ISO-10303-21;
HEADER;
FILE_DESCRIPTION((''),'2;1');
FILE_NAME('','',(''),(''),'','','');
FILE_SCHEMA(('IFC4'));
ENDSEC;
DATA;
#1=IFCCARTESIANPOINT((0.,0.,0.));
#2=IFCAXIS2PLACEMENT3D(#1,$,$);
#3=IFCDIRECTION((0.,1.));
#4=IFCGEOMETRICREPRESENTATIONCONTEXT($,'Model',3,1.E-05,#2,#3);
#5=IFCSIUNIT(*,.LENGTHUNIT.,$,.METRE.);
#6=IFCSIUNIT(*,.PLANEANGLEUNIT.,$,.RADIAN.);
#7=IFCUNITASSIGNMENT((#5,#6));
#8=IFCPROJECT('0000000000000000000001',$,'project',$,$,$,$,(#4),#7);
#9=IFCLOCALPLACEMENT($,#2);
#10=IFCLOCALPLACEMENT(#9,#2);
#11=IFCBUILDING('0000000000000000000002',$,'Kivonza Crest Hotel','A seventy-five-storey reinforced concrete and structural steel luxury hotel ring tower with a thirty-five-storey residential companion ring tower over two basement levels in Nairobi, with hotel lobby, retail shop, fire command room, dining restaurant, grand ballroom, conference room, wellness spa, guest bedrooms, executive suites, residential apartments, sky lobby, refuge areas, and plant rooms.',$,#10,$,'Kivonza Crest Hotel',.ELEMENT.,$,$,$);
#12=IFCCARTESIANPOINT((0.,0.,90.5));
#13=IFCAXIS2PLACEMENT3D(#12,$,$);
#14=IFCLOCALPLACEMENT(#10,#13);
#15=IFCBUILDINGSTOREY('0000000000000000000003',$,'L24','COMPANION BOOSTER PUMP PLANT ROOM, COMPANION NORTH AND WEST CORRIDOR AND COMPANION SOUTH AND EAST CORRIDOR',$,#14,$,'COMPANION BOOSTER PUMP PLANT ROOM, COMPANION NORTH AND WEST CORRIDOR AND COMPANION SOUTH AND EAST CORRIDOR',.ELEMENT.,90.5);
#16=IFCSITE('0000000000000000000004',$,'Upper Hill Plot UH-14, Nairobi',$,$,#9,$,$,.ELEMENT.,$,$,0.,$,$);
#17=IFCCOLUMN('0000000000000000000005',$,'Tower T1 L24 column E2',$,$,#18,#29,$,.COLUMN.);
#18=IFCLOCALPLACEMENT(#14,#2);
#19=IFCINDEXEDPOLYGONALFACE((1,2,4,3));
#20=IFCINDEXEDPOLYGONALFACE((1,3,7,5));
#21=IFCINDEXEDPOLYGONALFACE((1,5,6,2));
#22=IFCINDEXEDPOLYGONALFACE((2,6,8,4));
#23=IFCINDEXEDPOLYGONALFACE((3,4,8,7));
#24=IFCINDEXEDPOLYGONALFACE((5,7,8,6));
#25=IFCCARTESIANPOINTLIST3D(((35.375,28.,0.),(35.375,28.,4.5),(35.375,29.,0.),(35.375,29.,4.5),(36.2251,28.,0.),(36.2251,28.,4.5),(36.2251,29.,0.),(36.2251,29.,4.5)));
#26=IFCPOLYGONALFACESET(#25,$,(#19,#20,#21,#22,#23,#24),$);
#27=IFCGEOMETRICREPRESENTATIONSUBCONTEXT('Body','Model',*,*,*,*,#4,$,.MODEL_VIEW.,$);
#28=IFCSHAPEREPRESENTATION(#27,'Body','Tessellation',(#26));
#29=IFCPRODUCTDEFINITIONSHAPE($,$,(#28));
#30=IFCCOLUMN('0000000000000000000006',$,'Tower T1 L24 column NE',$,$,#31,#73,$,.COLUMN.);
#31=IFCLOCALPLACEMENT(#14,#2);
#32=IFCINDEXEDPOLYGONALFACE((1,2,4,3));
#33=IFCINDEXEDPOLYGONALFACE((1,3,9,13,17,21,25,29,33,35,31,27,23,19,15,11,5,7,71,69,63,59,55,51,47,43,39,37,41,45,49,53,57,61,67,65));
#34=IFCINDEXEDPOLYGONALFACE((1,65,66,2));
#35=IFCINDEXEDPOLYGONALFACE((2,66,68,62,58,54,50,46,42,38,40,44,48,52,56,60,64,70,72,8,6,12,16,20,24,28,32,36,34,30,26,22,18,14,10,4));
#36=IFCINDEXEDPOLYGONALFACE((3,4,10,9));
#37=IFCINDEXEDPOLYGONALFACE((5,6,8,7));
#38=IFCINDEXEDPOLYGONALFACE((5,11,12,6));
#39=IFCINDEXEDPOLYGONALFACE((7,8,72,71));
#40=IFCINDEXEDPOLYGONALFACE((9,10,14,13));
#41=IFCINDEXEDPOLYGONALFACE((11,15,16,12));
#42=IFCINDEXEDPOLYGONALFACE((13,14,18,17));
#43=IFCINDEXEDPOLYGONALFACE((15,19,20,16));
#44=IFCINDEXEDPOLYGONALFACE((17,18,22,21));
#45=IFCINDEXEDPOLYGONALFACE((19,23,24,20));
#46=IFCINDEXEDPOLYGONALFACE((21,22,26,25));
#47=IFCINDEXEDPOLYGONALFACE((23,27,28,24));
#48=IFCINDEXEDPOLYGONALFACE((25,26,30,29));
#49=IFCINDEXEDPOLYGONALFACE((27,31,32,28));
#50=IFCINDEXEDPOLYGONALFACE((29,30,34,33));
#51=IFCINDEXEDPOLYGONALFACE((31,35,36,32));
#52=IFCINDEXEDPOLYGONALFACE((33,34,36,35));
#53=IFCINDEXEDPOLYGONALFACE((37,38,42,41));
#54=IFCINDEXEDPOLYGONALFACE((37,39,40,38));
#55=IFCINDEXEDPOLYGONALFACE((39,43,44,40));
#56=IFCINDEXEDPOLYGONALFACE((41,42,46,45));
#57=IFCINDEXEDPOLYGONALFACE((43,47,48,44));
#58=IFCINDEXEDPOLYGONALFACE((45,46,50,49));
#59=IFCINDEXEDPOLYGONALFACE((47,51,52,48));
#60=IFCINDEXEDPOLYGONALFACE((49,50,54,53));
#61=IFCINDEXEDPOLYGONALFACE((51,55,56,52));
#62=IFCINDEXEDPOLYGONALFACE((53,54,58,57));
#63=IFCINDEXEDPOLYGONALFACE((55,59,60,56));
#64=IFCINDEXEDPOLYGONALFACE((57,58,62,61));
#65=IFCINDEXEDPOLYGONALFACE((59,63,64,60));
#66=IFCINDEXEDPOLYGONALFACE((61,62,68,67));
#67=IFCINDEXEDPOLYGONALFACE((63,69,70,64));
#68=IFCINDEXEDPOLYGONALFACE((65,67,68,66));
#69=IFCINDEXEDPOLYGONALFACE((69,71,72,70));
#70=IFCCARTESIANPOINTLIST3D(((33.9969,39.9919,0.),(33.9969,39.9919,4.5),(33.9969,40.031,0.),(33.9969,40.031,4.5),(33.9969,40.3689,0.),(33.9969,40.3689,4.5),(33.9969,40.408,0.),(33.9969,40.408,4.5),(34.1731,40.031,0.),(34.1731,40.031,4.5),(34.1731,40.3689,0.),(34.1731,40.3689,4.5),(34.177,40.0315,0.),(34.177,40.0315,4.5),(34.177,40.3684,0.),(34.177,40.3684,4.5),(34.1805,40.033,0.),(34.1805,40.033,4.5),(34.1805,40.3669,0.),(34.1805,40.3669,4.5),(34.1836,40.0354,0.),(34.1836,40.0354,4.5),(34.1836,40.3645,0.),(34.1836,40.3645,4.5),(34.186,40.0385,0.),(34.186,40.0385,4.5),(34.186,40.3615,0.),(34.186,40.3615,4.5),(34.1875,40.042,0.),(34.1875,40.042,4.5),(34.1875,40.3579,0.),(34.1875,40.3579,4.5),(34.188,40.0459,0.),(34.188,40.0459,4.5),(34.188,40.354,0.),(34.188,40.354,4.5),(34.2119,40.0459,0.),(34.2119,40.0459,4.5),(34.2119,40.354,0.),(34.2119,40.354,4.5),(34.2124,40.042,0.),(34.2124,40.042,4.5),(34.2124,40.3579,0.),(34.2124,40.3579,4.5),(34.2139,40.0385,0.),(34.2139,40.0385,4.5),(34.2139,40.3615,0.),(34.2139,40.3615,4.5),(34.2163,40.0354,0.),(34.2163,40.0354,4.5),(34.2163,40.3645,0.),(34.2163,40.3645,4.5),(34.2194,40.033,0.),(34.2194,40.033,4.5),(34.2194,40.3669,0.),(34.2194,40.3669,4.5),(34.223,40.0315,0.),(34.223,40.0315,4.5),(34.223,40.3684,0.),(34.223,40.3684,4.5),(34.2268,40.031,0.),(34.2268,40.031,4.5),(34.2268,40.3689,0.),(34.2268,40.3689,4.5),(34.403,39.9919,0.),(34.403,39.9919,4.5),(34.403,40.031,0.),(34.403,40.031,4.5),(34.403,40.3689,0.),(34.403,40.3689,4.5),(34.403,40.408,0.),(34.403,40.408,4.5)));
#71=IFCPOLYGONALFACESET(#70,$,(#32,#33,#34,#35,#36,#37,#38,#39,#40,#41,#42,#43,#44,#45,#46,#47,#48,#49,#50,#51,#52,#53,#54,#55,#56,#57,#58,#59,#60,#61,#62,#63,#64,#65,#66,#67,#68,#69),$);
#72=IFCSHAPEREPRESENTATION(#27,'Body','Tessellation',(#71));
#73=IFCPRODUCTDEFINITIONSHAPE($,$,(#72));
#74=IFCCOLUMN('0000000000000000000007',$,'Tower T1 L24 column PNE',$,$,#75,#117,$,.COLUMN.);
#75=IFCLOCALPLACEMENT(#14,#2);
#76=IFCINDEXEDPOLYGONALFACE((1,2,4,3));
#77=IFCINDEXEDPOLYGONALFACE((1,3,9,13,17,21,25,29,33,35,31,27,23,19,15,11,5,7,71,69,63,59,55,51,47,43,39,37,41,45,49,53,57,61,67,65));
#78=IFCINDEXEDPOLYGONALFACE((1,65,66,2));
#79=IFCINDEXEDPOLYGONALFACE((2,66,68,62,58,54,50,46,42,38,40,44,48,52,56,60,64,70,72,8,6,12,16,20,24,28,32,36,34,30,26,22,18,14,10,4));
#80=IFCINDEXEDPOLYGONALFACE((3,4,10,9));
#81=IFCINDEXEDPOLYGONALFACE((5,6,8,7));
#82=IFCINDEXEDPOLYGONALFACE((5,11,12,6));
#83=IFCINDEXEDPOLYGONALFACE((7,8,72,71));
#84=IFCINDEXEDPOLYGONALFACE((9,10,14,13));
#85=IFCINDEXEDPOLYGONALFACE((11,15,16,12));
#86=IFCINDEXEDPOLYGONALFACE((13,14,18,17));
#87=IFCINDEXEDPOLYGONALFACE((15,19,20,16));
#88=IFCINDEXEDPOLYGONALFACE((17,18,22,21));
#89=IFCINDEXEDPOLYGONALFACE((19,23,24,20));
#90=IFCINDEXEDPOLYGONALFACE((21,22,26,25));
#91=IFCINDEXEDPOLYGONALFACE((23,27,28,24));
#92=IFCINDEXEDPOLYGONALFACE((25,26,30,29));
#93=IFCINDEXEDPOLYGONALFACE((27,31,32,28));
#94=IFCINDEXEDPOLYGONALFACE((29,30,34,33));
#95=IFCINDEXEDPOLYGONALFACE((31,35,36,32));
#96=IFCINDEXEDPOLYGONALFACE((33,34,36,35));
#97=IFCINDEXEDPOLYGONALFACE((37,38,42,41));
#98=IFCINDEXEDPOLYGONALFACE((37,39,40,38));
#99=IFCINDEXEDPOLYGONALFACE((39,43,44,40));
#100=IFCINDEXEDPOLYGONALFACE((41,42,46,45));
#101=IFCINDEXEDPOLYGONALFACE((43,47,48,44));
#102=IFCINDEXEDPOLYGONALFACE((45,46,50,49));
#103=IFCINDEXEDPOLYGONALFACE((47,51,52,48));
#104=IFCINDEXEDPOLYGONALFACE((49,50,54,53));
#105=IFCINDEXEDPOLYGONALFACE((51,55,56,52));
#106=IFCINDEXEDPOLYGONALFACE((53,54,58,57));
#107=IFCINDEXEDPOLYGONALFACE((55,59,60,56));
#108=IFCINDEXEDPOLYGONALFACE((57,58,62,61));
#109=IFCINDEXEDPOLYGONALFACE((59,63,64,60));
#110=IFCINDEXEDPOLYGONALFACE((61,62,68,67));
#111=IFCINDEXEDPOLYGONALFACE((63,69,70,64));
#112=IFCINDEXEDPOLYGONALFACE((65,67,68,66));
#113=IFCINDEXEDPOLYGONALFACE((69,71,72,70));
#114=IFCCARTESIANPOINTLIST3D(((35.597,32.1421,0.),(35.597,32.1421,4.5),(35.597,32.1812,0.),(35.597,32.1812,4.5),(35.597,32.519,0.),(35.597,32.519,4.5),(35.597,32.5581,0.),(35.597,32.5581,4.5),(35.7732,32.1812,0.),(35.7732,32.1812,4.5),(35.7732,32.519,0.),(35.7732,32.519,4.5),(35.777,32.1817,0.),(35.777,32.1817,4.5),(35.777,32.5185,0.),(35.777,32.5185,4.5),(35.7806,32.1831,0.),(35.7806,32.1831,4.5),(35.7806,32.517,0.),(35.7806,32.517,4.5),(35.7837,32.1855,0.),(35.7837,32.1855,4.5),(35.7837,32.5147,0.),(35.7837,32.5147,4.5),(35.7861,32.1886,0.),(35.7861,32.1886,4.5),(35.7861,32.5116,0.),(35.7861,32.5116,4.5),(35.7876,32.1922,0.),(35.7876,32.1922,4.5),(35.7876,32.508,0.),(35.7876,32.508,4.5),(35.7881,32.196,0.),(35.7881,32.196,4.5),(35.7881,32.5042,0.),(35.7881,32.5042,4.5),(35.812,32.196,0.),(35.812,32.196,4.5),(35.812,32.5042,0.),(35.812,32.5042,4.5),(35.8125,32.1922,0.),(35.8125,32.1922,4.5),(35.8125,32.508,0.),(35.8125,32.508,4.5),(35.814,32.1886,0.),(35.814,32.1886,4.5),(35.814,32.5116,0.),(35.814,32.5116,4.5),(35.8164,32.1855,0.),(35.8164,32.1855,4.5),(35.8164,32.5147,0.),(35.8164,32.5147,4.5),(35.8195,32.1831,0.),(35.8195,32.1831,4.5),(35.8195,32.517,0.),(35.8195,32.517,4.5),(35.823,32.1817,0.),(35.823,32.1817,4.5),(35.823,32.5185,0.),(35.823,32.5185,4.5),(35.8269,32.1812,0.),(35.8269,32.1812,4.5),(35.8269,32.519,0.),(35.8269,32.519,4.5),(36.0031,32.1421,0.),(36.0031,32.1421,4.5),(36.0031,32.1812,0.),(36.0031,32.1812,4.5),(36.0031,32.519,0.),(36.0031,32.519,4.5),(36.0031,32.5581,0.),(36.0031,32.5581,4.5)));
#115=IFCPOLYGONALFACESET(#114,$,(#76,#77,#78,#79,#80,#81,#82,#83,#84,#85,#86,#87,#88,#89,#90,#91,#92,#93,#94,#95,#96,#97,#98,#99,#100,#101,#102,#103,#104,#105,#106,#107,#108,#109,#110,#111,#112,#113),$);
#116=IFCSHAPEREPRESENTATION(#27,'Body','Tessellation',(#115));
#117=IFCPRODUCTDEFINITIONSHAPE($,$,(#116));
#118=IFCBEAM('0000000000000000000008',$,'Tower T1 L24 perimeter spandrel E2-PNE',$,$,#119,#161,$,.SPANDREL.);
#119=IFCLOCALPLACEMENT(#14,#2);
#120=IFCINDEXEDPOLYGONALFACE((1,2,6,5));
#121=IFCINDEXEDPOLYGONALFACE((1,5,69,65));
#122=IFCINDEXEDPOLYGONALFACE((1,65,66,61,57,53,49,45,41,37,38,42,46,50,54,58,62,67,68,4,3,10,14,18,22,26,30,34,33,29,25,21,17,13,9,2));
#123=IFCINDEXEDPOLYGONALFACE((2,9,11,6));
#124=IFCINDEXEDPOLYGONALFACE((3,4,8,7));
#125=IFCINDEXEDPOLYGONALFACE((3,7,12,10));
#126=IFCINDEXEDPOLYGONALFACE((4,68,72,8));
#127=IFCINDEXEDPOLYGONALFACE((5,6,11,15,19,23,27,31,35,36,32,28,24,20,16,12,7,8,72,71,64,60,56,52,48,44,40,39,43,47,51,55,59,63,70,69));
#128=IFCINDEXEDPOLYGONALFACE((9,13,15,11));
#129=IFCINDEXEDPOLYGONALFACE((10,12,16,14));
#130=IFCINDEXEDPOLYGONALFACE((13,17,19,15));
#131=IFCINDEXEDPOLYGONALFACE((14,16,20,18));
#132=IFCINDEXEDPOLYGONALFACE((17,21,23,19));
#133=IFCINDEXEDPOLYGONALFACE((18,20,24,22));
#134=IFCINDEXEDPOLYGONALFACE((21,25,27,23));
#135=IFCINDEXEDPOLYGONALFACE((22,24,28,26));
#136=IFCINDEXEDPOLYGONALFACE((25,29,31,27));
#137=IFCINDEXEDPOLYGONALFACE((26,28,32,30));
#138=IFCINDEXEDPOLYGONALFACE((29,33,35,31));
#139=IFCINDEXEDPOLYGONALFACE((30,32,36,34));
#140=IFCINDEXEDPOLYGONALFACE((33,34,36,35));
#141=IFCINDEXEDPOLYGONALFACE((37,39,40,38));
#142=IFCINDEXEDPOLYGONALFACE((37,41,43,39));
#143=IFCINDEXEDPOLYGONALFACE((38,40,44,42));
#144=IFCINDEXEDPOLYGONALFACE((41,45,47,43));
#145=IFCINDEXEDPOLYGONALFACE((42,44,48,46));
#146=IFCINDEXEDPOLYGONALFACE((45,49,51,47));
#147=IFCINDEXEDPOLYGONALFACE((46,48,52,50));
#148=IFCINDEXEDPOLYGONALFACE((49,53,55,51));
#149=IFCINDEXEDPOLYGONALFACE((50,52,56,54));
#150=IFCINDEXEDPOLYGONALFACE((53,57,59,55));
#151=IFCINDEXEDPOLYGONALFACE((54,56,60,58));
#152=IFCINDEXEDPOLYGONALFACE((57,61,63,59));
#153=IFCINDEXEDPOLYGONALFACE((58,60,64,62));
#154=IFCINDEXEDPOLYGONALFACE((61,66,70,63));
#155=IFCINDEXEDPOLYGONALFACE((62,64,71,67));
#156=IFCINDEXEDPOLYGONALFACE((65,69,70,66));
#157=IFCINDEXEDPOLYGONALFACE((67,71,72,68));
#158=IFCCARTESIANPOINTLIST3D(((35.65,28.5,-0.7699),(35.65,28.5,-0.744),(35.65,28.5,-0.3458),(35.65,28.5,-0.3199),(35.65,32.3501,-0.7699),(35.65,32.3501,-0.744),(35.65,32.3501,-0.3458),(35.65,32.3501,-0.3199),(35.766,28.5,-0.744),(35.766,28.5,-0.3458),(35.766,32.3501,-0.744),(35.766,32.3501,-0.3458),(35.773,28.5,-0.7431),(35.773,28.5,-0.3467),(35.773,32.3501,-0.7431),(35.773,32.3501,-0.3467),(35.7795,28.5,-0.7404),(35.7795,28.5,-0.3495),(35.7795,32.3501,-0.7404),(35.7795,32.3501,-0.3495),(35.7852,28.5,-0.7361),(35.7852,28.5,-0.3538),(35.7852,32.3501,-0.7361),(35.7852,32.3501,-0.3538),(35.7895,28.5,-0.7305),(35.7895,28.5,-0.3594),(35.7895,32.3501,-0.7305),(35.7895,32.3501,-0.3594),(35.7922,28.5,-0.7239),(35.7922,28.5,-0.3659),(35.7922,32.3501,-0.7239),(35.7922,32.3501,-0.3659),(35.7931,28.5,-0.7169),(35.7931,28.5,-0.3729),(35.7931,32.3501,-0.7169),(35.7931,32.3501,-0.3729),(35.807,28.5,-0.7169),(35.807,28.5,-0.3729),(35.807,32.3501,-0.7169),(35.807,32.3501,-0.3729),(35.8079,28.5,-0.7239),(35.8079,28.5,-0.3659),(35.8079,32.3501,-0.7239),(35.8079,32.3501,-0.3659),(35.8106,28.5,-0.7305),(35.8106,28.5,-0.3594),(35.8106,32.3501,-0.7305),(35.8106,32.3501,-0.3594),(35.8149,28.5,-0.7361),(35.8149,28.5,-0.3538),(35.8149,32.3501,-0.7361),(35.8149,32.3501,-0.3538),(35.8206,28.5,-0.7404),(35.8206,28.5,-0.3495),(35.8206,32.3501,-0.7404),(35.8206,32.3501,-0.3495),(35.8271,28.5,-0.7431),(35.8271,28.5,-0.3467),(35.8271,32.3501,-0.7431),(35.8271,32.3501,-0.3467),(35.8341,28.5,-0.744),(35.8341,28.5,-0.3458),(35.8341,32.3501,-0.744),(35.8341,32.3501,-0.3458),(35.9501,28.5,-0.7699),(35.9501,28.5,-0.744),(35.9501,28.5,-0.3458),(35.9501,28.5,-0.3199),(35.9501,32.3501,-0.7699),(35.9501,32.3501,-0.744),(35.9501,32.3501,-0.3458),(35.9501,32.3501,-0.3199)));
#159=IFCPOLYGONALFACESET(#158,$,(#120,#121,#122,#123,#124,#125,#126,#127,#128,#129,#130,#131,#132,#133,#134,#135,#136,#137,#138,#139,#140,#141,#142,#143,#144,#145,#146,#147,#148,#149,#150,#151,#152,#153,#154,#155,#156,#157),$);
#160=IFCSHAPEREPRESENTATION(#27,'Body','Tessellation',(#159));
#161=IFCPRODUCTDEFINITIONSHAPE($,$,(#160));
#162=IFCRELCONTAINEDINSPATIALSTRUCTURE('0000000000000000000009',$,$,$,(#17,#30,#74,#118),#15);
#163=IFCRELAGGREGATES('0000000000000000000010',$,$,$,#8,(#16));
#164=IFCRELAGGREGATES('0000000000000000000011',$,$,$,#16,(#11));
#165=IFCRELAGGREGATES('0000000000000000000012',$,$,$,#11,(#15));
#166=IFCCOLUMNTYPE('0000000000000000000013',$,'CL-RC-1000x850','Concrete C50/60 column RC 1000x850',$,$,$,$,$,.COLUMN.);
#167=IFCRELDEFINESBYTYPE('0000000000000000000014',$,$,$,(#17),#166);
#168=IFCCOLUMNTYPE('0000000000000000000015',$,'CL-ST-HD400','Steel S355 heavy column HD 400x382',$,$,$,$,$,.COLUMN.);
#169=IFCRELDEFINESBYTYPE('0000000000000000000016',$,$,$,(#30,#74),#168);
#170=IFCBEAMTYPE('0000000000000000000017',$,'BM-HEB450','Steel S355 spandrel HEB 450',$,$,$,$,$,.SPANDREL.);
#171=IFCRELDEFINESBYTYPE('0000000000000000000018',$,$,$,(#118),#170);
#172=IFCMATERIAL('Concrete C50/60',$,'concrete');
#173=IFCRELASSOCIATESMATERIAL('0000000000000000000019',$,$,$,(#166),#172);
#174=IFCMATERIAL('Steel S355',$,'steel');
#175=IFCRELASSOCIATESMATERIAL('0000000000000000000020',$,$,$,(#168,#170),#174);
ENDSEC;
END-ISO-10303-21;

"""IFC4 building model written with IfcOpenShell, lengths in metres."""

from ifc_helpers import new_model, si_unit, direction, frame, origin, origin_2d, place, context, subcontext, project, spatial, rectangle, i_section, extrude, material, material_profile, profile_set, type_object, element, save


model = new_model("IFC4")

# Units and contexts
model_context = context("Model", 3, precision=1e-05, world=origin(), true_north=direction((0.0, 1.0)))
body_context = subcontext(model_context, "Body", "Model", "MODEL_VIEW")
ifc_project = project(units=[si_unit("LENGTHUNIT", "METRE"), si_unit("PLANEANGLEUNIT", "RADIAN")], contexts=[model_context])

# Site, building, storey
site_placement = place(None, origin())
site = spatial("IfcSite", under=ifc_project, at=site_placement, Name="Upper Hill Plot UH-14, Nairobi", CompositionType="ELEMENT", RefElevation=0.0)
building_placement = place(site_placement, origin())
building = spatial("IfcBuilding", under=site, at=building_placement, Name="Kivonza Crest Hotel", Description="A seventy-five-storey reinforced concrete and structural steel luxury hotel ring tower with a thirty-five-storey residential companion ring tower over two basement levels in Nairobi, with hotel lobby, retail shop, fire command room, dining restaurant, grand ballroom, conference room, wellness spa, guest bedrooms, executive suites, residential apartments, sky lobby, refuge areas, and plant rooms.", LongName="Kivonza Crest Hotel", CompositionType="ELEMENT")
storey_placement = place(building_placement, frame((0.0, 0.0, 90.5)))
storey = spatial("IfcBuildingStorey", under=building, at=storey_placement, Name="L24", Description="COMPANION BOOSTER PUMP PLANT ROOM, COMPANION NORTH AND WEST CORRIDOR AND COMPANION SOUTH AND EAST CORRIDOR", LongName="COMPANION BOOSTER PUMP PLANT ROOM, COMPANION NORTH AND WEST CORRIDOR AND COMPANION SOUTH AND EAST CORRIDOR", CompositionType="ELEMENT", Elevation=90.5)

# Columns
ifc_material_1 = material(Name="Concrete C50/60", Category="concrete")
ifc_material_profile_1 = material_profile(ifc_material_1, rectangle(XDim=0.8501, YDim=1.0, at=origin_2d()), Name="RC 1000x850")
ifc_profile_set_1 = profile_set([ifc_material_profile_1], Name="Concrete C50/60")
column_type_1 = type_object("IfcColumnType", Name="CL-RC-1000x850", Description="Concrete C50/60 column RC 1000x850", PredefinedType="COLUMN", material=ifc_profile_set_1)
column_placement = place(storey_placement, frame((35.8, 28.5, 0.0), z_axis=(0.0, 0.0, 1.0), x_axis=(1.0, 0.0, 0.0)))
element("IfcColumn", 1, at=column_placement, inside=storey, type_object=column_type_1, Name="Tower T1 L24 column E2", PredefinedType="COLUMN", context=body_context, shape_type="SweptSolid", body=[
    extrude(rectangle(XDim=0.8501, YDim=1.0, at=origin_2d()), origin(), (0.0, 0.0, 1.0), 4.5),
])
ifc_material_2 = material(Name="Steel S355", Category="steel")
ifc_material_profile_2 = material_profile(ifc_material_2, i_section(OverallWidth=0.406, OverallDepth=0.416, WebThickness=0.0239, FlangeThickness=0.0391, FilletRadius=0.0149, at=origin_2d()), Name="HD 400x382")
ifc_profile_set_2 = profile_set([ifc_material_profile_2], Name="Steel S355")
column_type_2 = type_object("IfcColumnType", Name="CL-ST-HD400", Description="Steel S355 heavy column HD 400x382", PredefinedType="COLUMN", material=ifc_profile_set_2)
for number, where, z_axis, x_axis, name in (
    (2, (34.2, 40.2, 0.0), (0.0, 0.0, 1.0), (1.0, 0.0, 0.0), "Tower T1 L24 column NE"),
    (3, (35.8, 32.3501, 0.0), (0.0, 0.0, 1.0), (1.0, 0.0, 0.0), "Tower T1 L24 column PNE"),
):
    element("IfcColumn", number, at=place(storey_placement, frame(where, z_axis=z_axis, x_axis=x_axis)), inside=storey, type_object=column_type_2, Name=name, PredefinedType="COLUMN", context=body_context, shape_type="SweptSolid", body=[
        extrude(i_section(OverallWidth=0.406, OverallDepth=0.416, WebThickness=0.0239, FlangeThickness=0.0391, FilletRadius=0.0149, at=origin_2d()), origin(), (0.0, 0.0, 1.0), 4.5),
    ])

# Beam
ifc_material_profile_3 = material_profile(ifc_material_2, i_section(OverallWidth=0.3, OverallDepth=0.45, WebThickness=0.0139, FlangeThickness=0.0259, FilletRadius=0.0271, at=origin_2d()), Name="HEB 450")
ifc_profile_set_3 = profile_set([ifc_material_profile_3], Name="Steel S355")
beam_type_1 = type_object("IfcBeamType", Name="BM-HEB450", Description="Steel S355 spandrel HEB 450", PredefinedType="SPANDREL", material=ifc_profile_set_3)
beam_1_placement = place(storey_placement, frame((35.8, 28.5, -0.5449), z_axis=(0.0, 1.0, 0.0), x_axis=(-1.0, 0.0, 0.0)))
element("IfcBeam", 4, at=beam_1_placement, inside=storey, type_object=beam_type_1, Name="Tower T1 L24 perimeter spandrel E2-PNE", PredefinedType="SPANDREL", context=body_context, shape_type="SweptSolid", body=[
    extrude(i_section(OverallWidth=0.3, OverallDepth=0.45, WebThickness=0.0139, FlangeThickness=0.0259, FilletRadius=0.0271, at=origin_2d()), origin(), (0.0, 0.0, 1.0), 3.8501),
])

save(model, "model.ifc")
